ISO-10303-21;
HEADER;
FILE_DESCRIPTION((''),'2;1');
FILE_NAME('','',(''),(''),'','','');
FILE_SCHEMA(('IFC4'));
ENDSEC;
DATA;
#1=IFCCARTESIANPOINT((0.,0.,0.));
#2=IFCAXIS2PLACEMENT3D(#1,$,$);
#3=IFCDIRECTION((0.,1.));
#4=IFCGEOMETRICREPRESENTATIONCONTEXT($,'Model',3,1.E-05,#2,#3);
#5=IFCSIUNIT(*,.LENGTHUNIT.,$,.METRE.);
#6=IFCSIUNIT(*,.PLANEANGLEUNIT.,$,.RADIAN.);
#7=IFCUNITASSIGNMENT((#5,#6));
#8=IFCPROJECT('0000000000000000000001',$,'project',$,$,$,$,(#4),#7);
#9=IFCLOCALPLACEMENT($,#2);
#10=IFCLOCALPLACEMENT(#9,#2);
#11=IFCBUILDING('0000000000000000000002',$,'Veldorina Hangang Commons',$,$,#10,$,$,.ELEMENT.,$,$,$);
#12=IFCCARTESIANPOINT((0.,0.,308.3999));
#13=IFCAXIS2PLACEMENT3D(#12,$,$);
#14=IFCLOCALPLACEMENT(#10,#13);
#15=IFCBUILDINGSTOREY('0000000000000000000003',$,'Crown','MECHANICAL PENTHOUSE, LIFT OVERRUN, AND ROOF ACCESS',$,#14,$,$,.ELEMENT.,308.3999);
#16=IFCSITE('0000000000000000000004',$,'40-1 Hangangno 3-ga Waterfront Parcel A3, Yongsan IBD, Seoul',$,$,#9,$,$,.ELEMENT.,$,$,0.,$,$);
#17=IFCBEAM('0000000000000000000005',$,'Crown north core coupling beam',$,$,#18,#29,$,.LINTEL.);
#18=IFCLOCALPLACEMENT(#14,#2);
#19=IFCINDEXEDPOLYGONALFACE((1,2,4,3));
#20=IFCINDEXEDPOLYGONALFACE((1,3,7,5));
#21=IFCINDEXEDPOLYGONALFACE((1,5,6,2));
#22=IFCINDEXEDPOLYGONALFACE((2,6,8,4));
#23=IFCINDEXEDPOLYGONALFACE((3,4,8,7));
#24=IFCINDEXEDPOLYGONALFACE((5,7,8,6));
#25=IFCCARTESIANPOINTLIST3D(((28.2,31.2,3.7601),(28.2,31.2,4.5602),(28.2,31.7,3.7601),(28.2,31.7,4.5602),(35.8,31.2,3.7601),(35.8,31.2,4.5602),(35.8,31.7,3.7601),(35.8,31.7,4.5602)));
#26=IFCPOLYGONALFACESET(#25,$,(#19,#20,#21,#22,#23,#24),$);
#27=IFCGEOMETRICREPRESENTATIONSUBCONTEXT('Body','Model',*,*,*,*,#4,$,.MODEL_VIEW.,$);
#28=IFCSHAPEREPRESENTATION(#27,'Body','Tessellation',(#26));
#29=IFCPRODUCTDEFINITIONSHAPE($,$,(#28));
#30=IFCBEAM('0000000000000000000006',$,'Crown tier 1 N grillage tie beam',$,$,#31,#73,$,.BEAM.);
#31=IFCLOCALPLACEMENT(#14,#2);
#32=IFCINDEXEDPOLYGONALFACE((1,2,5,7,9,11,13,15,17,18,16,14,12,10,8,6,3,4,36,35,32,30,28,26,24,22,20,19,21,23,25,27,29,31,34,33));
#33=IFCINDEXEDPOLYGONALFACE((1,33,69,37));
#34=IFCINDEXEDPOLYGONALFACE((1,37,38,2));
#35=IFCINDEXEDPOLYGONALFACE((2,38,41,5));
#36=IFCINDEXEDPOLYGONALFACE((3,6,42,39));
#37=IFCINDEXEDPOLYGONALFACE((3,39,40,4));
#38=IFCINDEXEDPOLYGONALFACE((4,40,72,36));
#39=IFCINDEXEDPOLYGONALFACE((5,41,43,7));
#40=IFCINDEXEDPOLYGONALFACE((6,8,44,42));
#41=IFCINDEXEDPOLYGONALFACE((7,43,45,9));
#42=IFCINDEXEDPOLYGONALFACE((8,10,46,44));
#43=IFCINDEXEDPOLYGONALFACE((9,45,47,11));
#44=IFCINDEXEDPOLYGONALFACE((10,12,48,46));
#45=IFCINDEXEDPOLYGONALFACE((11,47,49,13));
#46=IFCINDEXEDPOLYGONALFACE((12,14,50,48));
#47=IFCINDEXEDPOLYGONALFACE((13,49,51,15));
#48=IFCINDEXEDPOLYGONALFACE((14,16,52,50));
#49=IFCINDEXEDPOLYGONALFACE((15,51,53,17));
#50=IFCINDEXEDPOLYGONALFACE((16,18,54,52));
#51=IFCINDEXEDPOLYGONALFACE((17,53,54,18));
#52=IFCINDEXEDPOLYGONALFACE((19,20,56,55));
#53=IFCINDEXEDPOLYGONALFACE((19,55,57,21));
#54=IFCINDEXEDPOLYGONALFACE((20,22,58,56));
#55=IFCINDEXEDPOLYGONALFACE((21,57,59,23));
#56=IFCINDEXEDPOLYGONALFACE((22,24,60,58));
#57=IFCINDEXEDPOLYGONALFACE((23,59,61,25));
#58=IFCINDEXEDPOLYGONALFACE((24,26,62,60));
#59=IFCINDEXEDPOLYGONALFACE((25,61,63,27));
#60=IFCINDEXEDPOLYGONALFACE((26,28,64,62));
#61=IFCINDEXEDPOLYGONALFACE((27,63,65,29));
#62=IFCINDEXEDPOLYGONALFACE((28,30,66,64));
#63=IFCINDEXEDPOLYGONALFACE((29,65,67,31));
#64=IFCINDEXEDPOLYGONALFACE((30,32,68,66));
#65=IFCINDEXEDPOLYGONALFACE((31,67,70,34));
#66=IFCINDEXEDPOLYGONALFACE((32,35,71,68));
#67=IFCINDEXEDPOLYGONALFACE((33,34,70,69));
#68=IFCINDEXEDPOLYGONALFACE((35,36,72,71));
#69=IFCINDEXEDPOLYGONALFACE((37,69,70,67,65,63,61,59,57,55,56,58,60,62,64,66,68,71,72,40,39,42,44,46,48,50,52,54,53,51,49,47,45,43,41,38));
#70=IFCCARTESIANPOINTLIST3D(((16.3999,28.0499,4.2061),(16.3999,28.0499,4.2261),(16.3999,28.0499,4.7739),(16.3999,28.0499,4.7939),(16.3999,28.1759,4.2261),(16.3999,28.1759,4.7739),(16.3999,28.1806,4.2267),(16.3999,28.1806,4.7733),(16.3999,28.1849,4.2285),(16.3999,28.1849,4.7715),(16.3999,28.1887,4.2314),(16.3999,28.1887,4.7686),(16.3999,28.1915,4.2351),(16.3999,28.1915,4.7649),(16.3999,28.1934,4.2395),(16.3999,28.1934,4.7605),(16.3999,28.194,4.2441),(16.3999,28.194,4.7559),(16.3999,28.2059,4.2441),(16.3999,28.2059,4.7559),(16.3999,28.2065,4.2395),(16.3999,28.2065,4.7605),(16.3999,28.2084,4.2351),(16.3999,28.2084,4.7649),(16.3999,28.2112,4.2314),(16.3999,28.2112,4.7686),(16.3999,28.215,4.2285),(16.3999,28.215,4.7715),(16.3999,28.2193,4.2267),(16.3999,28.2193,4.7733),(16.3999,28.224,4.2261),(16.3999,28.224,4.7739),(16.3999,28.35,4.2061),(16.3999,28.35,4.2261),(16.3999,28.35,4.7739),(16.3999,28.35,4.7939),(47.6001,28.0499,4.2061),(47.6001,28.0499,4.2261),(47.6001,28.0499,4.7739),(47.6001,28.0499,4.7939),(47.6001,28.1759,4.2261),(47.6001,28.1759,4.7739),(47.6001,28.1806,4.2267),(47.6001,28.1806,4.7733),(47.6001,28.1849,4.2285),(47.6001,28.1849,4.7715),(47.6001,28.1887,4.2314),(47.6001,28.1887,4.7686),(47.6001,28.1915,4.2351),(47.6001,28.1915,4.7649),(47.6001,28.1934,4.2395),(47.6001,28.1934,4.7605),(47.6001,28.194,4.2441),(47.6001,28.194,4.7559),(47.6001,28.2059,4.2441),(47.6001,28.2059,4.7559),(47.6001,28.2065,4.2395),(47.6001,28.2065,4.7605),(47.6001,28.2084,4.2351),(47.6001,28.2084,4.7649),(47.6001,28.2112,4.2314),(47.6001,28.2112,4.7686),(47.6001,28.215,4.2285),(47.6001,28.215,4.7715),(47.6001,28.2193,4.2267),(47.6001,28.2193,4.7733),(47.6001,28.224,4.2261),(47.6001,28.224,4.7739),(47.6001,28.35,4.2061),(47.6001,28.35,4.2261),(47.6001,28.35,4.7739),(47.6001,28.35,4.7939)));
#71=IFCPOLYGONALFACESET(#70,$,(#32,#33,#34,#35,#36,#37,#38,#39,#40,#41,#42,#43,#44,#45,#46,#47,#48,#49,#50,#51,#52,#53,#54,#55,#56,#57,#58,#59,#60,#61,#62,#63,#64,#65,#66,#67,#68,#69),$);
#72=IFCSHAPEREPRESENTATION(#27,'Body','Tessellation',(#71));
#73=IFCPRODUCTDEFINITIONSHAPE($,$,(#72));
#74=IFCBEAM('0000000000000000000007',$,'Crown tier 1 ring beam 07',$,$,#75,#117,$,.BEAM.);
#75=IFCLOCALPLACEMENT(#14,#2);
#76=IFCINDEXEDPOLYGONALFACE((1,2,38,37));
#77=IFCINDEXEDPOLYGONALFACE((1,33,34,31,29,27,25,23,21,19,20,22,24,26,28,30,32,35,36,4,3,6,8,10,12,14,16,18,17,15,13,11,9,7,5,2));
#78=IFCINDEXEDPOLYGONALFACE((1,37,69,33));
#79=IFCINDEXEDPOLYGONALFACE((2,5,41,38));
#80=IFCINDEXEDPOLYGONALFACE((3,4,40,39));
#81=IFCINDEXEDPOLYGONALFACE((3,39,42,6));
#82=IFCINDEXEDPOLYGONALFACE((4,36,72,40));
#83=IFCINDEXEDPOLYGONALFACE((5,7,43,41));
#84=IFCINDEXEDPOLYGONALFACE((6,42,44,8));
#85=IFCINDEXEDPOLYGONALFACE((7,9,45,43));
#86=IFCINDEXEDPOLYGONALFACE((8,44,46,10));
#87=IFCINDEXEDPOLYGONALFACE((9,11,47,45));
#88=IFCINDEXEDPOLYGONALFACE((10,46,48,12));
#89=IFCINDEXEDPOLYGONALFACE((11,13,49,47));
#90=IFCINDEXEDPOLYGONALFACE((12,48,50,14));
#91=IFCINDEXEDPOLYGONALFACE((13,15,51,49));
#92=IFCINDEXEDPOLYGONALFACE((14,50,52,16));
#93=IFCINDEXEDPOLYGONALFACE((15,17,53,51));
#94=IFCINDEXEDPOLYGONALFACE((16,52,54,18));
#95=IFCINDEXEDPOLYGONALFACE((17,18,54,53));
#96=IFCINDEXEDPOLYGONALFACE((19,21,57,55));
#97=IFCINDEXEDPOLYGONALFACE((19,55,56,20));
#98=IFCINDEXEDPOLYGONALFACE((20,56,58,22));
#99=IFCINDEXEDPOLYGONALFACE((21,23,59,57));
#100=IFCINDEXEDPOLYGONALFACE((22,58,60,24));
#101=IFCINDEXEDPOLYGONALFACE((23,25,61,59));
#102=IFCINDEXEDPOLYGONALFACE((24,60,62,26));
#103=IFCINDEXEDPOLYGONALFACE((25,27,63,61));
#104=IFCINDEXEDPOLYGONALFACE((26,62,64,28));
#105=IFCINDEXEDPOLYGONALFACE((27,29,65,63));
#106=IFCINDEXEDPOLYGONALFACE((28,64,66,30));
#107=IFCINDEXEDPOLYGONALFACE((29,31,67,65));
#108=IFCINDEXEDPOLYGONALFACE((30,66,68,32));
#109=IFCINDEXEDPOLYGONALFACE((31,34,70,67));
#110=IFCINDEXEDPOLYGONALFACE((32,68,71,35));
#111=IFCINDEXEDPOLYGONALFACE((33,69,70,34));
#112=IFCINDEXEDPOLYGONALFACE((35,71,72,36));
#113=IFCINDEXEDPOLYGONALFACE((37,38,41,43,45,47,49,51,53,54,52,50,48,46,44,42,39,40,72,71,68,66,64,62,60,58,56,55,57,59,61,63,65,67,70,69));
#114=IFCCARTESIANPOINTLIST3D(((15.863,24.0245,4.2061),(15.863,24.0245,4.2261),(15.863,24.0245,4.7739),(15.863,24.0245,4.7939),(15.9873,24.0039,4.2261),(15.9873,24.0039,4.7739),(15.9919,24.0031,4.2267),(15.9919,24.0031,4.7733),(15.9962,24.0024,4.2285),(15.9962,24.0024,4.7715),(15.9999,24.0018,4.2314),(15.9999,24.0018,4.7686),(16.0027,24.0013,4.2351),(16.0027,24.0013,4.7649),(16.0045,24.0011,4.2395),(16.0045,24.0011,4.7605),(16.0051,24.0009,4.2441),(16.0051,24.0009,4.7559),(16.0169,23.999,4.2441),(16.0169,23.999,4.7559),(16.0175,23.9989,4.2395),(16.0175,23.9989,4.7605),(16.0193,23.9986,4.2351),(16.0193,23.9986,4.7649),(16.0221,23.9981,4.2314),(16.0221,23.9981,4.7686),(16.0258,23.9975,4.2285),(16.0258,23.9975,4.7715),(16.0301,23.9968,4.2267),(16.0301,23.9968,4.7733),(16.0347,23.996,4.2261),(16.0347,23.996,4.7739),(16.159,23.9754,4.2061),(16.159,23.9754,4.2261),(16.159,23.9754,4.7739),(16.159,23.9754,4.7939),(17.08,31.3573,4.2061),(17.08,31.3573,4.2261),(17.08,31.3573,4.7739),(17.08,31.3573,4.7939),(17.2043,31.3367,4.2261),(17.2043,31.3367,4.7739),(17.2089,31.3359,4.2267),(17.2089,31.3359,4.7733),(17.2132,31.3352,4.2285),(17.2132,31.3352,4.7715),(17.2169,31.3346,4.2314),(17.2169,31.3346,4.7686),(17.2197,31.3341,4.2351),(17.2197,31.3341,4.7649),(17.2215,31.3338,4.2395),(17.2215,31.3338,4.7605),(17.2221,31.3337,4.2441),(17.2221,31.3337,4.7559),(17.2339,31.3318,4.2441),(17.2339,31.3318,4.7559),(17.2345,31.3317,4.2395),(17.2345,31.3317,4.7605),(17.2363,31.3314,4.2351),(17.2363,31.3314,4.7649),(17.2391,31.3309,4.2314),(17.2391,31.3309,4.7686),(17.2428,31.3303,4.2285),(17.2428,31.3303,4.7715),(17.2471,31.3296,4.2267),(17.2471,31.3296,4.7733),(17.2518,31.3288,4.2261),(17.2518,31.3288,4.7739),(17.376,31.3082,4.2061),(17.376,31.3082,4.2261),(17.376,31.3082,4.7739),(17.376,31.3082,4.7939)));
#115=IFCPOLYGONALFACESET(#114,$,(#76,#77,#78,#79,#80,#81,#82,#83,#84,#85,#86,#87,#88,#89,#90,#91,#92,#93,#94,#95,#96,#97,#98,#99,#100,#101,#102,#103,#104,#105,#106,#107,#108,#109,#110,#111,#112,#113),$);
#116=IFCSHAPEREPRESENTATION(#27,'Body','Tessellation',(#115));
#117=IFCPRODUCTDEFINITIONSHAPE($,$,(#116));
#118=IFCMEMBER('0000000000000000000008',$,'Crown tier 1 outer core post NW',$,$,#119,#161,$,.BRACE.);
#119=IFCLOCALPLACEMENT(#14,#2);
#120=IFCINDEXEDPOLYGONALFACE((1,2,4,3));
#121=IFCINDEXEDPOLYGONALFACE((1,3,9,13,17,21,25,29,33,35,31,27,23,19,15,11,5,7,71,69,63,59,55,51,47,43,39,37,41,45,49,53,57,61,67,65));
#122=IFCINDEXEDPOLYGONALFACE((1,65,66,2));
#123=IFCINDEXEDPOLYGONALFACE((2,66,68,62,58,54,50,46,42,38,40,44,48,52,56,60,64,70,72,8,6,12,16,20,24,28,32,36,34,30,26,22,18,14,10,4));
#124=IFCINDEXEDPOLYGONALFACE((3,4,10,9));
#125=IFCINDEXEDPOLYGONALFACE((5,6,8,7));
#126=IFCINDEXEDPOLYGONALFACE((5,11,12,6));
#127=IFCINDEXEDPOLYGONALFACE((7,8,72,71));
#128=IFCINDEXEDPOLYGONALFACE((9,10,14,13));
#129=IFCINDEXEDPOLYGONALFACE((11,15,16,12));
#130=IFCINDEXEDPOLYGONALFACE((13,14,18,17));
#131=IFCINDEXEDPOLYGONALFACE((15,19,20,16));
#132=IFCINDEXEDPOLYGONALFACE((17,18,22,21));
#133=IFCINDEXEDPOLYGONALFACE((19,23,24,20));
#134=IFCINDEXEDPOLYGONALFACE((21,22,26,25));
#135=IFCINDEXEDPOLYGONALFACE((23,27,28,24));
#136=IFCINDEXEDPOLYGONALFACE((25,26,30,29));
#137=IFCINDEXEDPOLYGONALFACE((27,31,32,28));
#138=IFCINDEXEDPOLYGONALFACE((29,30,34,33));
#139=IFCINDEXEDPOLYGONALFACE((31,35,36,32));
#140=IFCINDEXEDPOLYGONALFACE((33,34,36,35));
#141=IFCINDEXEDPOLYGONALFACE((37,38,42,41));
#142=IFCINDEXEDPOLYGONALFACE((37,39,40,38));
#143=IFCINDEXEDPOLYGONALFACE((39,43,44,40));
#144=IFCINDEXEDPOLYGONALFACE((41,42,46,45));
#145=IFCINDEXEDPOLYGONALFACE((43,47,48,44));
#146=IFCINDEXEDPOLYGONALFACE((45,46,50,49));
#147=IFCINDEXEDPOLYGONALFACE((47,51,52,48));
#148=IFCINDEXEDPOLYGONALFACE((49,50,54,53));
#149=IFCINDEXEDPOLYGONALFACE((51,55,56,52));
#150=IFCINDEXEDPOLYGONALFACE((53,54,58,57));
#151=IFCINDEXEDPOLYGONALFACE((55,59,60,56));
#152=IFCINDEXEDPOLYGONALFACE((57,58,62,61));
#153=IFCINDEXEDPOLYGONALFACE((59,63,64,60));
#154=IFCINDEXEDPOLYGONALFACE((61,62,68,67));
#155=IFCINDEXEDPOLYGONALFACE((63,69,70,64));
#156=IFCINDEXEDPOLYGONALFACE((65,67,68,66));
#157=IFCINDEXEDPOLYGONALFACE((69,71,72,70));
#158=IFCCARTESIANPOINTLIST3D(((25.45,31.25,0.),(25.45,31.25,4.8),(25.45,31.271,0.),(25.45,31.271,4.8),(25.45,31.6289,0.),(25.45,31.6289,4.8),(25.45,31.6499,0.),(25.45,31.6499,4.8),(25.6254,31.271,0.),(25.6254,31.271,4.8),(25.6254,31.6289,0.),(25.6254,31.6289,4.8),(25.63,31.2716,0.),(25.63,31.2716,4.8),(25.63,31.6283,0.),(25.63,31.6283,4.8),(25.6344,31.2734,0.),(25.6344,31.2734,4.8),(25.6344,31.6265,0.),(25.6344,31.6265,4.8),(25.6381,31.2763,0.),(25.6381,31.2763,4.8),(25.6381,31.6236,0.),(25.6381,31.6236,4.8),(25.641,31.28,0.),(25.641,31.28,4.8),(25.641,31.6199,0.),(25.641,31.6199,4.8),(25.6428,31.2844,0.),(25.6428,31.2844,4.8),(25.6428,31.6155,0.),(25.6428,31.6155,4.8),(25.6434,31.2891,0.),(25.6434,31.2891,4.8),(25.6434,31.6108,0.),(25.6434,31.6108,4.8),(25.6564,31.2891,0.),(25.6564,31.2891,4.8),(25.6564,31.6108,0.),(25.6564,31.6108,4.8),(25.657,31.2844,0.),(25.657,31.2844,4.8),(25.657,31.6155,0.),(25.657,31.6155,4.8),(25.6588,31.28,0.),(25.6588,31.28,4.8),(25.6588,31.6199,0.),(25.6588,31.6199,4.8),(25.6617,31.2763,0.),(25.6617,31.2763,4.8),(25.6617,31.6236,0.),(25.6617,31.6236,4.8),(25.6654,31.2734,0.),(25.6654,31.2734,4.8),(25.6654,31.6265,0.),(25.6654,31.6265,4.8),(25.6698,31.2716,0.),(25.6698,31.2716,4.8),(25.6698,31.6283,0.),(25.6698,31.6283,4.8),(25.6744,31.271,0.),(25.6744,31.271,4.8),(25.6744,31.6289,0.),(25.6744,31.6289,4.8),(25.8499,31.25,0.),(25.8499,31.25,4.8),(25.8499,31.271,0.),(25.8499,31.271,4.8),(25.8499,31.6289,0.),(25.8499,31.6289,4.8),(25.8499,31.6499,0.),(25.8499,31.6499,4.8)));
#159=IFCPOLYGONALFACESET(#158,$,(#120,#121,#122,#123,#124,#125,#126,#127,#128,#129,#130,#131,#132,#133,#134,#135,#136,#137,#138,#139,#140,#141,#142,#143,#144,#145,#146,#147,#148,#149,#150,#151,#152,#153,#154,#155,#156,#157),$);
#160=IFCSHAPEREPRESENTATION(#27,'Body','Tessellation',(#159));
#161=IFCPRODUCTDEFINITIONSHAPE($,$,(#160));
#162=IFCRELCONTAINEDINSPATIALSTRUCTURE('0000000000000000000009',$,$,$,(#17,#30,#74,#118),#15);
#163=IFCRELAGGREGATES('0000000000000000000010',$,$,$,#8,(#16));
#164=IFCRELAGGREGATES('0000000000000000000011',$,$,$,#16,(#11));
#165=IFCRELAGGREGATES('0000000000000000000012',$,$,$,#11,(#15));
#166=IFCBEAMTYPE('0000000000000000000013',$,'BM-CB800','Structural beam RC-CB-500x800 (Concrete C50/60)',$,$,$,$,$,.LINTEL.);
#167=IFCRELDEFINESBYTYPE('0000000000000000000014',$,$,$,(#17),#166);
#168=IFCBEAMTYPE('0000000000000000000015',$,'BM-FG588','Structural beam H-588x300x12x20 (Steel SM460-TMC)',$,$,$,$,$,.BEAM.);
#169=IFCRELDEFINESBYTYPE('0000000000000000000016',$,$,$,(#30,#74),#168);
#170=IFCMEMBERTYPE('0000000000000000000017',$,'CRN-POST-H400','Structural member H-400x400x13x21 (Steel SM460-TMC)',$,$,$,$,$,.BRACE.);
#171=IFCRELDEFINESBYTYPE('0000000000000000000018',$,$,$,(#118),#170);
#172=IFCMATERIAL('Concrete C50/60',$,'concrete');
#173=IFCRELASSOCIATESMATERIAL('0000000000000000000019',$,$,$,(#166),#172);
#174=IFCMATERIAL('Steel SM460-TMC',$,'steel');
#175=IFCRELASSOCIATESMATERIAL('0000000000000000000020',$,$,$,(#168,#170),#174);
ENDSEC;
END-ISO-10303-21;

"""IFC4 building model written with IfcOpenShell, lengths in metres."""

from ifc_helpers import new_model, si_unit, direction, frame, origin, origin_2d, place, context, subcontext, project, spatial, rectangle, i_section, extrude, material, material_profile, profile_set, type_object, element, save


model = new_model("IFC4")

# Units and contexts
model_context = context("Model", 3, precision=1e-05, world=origin(), true_north=direction((0.0, 1.0)))
body_context = subcontext(model_context, "Body", "Model", "MODEL_VIEW")
ifc_project = project(units=[si_unit("LENGTHUNIT", "METRE"), si_unit("PLANEANGLEUNIT", "RADIAN")], contexts=[model_context])

# Site, building, storey
site_placement = place(None, origin())
site = spatial("IfcSite", under=ifc_project, at=site_placement, Name="40-1 Hangangno 3-ga Waterfront Parcel A3, Yongsan IBD, Seoul", CompositionType="ELEMENT", RefElevation=0.0)
building_placement = place(site_placement, origin())
building = spatial("IfcBuilding", under=site, at=building_placement, Name="Veldorina Hangang Commons", CompositionType="ELEMENT")
storey_placement = place(building_placement, frame((0.0, 0.0, 308.3999)))
storey = spatial("IfcBuildingStorey", under=building, at=storey_placement, Name="Crown", Description="MECHANICAL PENTHOUSE, LIFT OVERRUN, AND ROOF ACCESS", CompositionType="ELEMENT", Elevation=308.3999)

# Beams
ifc_material_1 = material(Name="Concrete C50/60", Category="concrete")
ifc_material_profile_1 = material_profile(ifc_material_1, rectangle(XDim=0.5, YDim=0.8, at=origin_2d()), Name="RC-CB-500x800")
ifc_profile_set_1 = profile_set([ifc_material_profile_1], Name="Concrete C50/60")
beam_type_1 = type_object("IfcBeamType", Name="BM-CB800", Description="Structural beam RC-CB-500x800 (Concrete C50/60)", PredefinedType="LINTEL", material=ifc_profile_set_1)
beam_1_placement = place(storey_placement, frame((28.2, 31.45, 4.1602), z_axis=(1.0, 0.0, 0.0), x_axis=(0.0, 1.0, 0.0)))
element("IfcBeam", 1, at=beam_1_placement, inside=storey, type_object=beam_type_1, Name="Crown north core coupling beam", PredefinedType="LINTEL", context=body_context, shape_type="SweptSolid", body=[
    extrude(rectangle(XDim=0.5, YDim=0.8, at=origin_2d()), origin(), (0.0, 0.0, 1.0), 7.6001),
])
ifc_material_2 = material(Name="Steel SM460-TMC", Category="steel")
ifc_material_profile_2 = material_profile(ifc_material_2, i_section(OverallWidth=0.3, OverallDepth=0.5879, WebThickness=0.012, FlangeThickness=0.02, FilletRadius=0.0181, at=origin_2d()), Name="H-588x300x12x20")
ifc_profile_set_2 = profile_set([ifc_material_profile_2], Name="Steel SM460-TMC")
beam_type_2 = type_object("IfcBeamType", Name="BM-FG588", Description="Structural beam H-588x300x12x20 (Steel SM460-TMC)", PredefinedType="BEAM", material=ifc_profile_set_2)
beam_2_placement = place(storey_placement, frame((16.3999, 28.2, 4.5), z_axis=(1.0, 0.0, 0.0), x_axis=(0.0, 1.0, 0.0)))
element("IfcBeam", 2, at=beam_2_placement, inside=storey, type_object=beam_type_2, Name="Crown tier 1 N grillage tie beam", PredefinedType="BEAM", context=body_context, shape_type="SweptSolid", body=[
    extrude(i_section(OverallWidth=0.3, OverallDepth=0.5879, WebThickness=0.012, FlangeThickness=0.02, FilletRadius=0.0181, at=origin_2d()), origin(), (0.0, 0.0, 1.0), 31.2002),
])
beam_3_placement = place(storey_placement, frame((17.228, 31.3328, 4.5), z_axis=(-0.163733, -0.986505, 0.0), x_axis=(0.986505, -0.163733, 0.0)))
element("IfcBeam", 3, at=beam_3_placement, inside=storey, type_object=beam_type_2, Name="Crown tier 1 ring beam 07", PredefinedType="BEAM", context=body_context, shape_type="SweptSolid", body=[
    extrude(i_section(OverallWidth=0.3, OverallDepth=0.5879, WebThickness=0.012, FlangeThickness=0.02, FilletRadius=0.0181, at=origin_2d()), origin(), (0.0, 0.0, 1.0), 7.4331),
])

# Member
ifc_material_profile_3 = material_profile(ifc_material_2, i_section(OverallWidth=0.3999, OverallDepth=0.3999, WebThickness=0.0129, FlangeThickness=0.021, FilletRadius=0.0181, at=origin_2d()), Name="H-400x400x13x21")
ifc_profile_set_3 = profile_set([ifc_material_profile_3], Name="Steel SM460-TMC")
member_type_1 = type_object("IfcMemberType", Name="CRN-POST-H400", Description="Structural member H-400x400x13x21 (Steel SM460-TMC)", PredefinedType="BRACE", material=ifc_profile_set_3)
for number, where, z_axis, x_axis, name in (
    (4, (25.6499, 31.45, 0.0), (0.0, 0.0, 1.0), (1.0, 0.0, 0.0), "Crown tier 1 outer core post NW"),
):
    element("IfcMember", number, at=place(storey_placement, frame(where, z_axis=z_axis, x_axis=x_axis)), inside=storey, type_object=member_type_1, Name=name, PredefinedType="BRACE", context=body_context, shape_type="SweptSolid", body=[
        extrude(i_section(OverallWidth=0.3999, OverallDepth=0.3999, WebThickness=0.0129, FlangeThickness=0.021, FilletRadius=0.0181, at=origin_2d()), origin(), (0.0, 0.0, 1.0), 4.8),
    ])

save(model, "model.ifc")
